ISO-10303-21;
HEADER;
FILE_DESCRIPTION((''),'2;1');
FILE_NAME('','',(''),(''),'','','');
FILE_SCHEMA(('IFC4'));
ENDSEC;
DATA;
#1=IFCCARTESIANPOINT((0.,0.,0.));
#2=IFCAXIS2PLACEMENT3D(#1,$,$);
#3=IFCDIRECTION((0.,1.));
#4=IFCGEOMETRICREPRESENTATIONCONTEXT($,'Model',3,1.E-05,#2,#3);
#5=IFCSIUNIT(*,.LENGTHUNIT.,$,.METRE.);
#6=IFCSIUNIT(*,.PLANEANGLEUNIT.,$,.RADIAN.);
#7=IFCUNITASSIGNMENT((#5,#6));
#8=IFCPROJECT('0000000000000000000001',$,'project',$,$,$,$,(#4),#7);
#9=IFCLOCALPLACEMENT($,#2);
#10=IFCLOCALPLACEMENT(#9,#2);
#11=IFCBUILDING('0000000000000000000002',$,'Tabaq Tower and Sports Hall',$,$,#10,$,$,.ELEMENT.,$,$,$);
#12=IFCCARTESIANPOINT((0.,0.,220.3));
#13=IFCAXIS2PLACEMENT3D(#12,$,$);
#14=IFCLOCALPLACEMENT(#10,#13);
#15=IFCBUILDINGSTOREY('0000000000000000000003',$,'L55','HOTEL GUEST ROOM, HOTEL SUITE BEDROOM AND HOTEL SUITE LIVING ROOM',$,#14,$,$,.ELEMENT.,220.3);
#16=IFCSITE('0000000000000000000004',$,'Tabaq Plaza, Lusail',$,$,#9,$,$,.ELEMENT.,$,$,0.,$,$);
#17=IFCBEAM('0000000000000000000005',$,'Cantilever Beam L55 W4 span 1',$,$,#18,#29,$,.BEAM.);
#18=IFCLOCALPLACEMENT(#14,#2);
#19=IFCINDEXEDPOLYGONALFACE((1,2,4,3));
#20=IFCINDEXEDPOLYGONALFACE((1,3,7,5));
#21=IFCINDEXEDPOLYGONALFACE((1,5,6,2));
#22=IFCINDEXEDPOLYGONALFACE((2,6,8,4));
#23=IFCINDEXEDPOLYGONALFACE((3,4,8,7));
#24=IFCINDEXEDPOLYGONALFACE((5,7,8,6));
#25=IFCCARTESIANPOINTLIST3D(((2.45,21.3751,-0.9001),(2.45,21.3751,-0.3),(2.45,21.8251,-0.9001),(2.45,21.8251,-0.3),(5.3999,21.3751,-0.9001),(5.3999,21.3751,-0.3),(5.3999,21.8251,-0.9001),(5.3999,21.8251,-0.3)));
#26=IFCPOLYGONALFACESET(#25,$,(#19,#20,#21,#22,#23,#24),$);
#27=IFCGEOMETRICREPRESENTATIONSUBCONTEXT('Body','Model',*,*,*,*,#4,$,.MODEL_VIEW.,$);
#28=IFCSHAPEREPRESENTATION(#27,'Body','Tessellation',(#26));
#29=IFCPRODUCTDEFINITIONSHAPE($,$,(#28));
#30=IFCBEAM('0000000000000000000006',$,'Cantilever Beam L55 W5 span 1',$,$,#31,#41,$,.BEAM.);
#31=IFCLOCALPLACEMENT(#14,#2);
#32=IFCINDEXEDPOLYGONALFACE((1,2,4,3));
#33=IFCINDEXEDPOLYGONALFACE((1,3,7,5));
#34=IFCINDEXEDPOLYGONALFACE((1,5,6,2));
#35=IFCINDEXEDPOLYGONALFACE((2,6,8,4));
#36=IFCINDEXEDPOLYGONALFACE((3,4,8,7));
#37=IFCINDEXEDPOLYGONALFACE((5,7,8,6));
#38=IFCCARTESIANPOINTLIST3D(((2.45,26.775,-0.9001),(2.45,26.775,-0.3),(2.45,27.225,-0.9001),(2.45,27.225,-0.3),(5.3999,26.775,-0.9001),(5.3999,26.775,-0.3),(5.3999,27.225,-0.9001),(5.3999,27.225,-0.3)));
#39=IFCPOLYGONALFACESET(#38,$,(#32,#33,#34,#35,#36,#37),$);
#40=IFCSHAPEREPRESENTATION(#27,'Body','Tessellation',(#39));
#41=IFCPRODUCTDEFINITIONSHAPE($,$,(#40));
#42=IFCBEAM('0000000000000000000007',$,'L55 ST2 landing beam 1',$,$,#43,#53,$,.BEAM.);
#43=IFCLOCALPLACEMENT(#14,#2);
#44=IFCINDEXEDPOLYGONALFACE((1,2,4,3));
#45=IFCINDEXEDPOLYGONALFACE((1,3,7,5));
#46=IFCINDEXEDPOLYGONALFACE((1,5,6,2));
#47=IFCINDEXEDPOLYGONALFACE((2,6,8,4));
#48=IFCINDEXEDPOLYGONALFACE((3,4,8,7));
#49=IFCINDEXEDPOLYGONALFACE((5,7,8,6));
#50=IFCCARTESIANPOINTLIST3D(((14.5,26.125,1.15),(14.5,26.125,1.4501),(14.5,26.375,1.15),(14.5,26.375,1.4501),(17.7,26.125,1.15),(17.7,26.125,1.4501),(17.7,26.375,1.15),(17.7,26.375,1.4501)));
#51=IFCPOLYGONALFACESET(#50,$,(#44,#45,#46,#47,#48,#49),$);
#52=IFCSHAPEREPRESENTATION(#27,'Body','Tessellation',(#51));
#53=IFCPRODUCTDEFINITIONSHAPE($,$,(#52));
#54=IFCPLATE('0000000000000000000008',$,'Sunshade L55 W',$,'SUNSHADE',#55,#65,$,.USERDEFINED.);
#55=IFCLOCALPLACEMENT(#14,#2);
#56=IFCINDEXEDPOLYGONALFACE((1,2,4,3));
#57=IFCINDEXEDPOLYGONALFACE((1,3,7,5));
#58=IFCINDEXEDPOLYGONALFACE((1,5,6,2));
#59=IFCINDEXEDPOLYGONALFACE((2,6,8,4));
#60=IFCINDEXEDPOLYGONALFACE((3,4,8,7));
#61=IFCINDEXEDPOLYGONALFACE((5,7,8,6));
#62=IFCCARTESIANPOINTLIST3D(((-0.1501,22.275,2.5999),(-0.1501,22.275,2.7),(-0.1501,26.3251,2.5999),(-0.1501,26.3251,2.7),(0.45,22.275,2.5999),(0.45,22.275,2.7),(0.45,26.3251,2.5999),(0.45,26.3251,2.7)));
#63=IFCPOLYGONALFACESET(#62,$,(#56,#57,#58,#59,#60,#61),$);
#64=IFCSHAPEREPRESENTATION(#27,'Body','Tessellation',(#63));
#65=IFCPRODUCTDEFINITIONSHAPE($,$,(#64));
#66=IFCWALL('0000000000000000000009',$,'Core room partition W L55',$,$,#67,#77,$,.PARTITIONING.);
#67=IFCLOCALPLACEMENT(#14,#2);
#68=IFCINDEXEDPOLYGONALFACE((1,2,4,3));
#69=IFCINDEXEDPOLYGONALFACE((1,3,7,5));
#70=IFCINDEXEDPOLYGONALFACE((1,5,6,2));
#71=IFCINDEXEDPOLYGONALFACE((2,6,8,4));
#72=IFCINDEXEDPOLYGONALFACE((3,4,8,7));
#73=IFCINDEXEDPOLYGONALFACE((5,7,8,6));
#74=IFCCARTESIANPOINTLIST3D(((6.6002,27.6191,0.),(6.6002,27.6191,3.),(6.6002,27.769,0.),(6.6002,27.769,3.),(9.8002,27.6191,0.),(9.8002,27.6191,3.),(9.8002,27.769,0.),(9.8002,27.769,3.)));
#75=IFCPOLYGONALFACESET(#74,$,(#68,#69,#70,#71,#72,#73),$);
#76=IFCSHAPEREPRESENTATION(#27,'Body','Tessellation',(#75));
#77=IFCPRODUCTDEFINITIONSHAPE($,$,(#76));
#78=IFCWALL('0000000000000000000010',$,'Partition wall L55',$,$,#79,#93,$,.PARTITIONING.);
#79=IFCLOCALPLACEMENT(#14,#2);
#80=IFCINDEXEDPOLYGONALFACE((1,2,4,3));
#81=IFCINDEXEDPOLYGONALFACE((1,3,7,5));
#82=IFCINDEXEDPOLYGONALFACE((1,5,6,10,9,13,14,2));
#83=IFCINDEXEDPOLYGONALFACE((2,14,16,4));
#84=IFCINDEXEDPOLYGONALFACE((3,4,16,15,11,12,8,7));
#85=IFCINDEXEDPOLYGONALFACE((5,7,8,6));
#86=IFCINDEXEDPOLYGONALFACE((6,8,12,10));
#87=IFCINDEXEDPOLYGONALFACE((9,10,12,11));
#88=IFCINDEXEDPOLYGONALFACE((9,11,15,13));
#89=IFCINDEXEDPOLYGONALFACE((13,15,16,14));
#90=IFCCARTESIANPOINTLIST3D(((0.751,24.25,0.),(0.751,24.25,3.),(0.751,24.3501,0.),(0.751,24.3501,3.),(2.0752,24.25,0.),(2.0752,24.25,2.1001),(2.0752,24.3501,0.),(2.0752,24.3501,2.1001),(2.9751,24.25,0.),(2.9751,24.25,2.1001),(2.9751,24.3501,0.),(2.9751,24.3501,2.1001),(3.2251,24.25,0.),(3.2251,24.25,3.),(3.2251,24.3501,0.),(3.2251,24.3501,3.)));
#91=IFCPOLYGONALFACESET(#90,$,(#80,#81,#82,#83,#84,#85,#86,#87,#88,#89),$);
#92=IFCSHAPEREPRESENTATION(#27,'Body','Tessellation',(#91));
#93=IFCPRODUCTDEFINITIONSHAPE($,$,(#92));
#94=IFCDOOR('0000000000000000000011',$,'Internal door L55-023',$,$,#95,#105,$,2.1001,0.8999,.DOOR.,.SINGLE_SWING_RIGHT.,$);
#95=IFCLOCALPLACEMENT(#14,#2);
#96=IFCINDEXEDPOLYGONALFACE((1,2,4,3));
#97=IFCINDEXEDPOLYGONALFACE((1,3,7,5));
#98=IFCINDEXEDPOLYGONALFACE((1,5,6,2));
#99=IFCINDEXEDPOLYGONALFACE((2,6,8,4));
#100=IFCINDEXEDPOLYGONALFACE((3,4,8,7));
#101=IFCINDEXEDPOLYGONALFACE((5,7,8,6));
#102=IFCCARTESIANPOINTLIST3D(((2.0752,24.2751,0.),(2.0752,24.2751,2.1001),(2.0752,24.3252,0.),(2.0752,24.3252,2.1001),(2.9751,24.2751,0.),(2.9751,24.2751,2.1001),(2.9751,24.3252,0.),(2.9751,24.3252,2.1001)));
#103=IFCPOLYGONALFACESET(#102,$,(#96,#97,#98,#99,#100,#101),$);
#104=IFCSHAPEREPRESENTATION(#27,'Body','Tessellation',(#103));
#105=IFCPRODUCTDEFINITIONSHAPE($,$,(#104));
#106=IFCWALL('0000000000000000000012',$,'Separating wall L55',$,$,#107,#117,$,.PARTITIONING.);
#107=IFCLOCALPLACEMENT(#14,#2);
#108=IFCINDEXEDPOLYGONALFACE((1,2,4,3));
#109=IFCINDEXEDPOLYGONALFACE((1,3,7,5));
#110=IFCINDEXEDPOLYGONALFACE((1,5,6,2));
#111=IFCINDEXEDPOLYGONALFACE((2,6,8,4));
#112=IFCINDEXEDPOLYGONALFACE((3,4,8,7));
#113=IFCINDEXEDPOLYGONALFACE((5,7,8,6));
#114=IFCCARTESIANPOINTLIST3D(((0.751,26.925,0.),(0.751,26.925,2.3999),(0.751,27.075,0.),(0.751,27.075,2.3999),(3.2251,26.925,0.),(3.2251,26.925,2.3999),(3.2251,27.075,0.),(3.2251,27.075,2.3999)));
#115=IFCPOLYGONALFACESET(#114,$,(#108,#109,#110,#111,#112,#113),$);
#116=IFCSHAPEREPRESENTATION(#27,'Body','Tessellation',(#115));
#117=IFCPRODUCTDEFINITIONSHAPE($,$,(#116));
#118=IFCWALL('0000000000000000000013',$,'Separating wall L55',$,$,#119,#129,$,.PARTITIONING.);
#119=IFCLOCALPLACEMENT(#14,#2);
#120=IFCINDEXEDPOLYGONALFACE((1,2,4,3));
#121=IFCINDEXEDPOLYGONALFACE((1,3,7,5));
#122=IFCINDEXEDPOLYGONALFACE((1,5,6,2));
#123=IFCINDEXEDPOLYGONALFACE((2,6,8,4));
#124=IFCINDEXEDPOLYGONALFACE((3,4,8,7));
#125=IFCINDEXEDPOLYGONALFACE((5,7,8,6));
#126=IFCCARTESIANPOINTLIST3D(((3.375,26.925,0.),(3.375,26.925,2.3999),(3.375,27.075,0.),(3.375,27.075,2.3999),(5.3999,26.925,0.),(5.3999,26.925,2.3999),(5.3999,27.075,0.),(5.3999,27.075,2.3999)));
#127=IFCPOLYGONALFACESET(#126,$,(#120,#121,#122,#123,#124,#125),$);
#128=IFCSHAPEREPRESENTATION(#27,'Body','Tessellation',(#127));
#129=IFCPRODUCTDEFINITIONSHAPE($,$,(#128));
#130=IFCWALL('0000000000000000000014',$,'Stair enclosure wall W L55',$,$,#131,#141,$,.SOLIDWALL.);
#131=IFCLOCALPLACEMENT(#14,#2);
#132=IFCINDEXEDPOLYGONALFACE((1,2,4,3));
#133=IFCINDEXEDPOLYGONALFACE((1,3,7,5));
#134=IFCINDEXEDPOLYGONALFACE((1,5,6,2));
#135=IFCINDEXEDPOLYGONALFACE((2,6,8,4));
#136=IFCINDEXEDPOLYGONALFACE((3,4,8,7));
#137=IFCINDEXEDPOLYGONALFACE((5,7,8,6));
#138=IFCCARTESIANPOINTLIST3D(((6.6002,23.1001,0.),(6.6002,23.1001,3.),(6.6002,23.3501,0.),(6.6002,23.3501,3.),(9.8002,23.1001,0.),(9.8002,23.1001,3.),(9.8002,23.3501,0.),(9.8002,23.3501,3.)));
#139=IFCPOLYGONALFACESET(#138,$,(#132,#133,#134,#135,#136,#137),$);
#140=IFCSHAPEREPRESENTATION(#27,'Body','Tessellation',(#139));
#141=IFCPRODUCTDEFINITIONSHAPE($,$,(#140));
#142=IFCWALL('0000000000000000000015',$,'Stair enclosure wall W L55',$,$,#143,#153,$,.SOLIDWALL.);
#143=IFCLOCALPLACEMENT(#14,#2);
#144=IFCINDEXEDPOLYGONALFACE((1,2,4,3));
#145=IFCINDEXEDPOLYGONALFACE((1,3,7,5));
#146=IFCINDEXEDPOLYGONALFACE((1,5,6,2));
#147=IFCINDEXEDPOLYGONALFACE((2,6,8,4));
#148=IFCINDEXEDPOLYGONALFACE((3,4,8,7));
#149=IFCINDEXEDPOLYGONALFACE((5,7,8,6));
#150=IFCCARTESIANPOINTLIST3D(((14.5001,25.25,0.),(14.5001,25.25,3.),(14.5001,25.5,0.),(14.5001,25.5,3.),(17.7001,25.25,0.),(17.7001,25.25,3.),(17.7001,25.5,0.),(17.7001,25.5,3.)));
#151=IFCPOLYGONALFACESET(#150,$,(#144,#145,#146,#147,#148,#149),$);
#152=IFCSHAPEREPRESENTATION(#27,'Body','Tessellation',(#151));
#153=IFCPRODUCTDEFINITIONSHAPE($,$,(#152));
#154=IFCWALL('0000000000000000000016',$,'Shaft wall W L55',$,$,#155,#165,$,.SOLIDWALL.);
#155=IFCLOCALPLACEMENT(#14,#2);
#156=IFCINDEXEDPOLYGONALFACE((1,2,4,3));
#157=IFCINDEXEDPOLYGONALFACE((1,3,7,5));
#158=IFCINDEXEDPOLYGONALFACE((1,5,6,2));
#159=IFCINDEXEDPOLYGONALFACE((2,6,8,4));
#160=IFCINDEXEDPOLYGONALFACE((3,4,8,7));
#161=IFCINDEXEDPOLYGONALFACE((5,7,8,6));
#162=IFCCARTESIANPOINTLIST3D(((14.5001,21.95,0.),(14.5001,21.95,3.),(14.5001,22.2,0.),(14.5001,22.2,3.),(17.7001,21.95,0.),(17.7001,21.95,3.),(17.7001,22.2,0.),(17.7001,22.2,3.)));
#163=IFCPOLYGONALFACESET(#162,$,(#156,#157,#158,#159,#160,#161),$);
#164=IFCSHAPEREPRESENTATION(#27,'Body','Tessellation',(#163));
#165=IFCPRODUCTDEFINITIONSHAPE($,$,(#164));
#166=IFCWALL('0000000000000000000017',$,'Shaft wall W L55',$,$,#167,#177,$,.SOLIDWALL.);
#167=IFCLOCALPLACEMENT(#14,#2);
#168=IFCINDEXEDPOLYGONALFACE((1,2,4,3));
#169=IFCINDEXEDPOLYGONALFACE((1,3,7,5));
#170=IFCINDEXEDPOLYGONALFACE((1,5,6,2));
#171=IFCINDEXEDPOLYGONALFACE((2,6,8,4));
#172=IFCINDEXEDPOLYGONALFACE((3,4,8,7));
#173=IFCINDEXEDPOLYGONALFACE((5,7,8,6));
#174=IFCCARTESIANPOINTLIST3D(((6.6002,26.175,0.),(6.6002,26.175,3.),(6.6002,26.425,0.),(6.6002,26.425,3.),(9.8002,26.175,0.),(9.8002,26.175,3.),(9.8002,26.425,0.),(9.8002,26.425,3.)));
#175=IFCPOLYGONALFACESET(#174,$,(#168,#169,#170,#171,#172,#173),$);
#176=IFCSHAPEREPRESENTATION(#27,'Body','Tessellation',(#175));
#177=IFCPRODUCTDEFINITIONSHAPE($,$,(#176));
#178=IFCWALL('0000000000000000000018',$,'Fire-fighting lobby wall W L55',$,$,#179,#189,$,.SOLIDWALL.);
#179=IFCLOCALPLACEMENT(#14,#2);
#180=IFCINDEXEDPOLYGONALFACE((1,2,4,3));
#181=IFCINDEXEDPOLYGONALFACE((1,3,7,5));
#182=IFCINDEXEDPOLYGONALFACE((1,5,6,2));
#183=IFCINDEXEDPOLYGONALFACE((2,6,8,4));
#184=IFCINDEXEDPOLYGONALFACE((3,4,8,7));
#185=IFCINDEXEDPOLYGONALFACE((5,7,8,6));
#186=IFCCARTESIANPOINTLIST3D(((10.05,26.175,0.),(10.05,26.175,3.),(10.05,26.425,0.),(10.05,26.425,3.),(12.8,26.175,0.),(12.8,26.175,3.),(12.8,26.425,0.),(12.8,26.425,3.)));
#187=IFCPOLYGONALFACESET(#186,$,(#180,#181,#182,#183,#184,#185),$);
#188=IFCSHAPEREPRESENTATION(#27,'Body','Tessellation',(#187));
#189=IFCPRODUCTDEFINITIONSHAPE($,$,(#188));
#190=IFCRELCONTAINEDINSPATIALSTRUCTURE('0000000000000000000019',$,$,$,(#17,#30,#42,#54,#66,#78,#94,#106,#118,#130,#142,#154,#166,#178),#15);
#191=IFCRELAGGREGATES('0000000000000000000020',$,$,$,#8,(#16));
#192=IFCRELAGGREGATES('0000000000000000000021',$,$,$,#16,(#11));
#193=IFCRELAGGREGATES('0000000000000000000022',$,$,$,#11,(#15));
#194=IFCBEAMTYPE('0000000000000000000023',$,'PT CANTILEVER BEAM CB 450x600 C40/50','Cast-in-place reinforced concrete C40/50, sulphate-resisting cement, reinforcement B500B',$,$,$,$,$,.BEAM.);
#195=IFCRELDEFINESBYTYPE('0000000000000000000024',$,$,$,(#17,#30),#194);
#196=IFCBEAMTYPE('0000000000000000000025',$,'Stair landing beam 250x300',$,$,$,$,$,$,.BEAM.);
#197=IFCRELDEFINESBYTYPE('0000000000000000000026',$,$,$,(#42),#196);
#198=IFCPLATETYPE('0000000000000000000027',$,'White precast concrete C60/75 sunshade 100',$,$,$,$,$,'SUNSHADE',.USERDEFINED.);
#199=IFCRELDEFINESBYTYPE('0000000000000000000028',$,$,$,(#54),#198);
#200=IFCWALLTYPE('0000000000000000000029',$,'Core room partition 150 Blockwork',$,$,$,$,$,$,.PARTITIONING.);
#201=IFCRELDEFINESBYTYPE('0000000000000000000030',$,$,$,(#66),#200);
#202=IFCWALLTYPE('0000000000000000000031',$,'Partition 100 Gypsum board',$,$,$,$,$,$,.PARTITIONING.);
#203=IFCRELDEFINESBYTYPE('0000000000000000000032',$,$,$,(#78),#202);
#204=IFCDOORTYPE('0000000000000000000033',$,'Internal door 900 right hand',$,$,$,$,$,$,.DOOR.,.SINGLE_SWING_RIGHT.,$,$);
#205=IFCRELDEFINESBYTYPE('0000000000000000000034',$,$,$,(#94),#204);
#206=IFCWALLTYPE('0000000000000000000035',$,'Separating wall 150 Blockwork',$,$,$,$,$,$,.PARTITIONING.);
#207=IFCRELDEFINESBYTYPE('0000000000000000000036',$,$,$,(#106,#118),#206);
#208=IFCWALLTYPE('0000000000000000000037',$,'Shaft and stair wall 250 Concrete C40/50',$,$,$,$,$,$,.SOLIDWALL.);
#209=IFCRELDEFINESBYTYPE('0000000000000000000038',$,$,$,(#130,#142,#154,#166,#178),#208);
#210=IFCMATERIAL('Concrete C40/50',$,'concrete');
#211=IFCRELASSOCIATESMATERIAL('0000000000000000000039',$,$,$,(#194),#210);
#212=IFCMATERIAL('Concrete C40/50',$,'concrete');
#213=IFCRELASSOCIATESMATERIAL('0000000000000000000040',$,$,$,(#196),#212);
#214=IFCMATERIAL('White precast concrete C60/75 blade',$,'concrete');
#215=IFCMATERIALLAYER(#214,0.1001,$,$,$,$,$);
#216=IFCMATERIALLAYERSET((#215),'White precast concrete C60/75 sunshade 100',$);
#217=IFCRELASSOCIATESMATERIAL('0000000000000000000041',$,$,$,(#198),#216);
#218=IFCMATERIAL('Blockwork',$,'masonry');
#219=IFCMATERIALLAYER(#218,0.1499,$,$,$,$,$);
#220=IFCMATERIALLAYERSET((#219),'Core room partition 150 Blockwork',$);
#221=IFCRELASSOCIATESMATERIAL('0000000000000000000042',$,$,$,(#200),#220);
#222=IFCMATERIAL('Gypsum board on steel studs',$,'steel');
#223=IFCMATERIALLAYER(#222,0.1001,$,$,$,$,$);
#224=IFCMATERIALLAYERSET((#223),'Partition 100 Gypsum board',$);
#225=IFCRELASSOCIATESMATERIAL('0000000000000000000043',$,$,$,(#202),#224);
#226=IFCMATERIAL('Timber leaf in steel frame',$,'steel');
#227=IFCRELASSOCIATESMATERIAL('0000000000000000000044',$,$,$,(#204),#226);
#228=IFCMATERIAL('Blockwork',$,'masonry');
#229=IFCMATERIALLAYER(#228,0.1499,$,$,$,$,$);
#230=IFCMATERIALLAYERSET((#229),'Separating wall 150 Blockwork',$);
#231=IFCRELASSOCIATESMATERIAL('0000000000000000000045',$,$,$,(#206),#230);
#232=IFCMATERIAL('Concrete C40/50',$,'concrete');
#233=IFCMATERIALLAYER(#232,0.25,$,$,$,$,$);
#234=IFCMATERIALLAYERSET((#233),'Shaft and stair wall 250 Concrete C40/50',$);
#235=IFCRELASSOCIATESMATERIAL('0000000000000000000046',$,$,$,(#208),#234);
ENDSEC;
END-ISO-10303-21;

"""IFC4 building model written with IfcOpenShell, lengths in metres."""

from ifc_helpers import new_model, si_unit, direction, frame, frame_2d, origin, origin_2d, place, context, subcontext, project, spatial, rectangle, extrude, material, layer, layer_set, material_profile, profile_set, type_object, element, fill, save


model = new_model("IFC4")

# Units and contexts
model_context = context("Model", 3, precision=1e-05, world=origin(), true_north=direction((0.0, 1.0)))
body_context = subcontext(model_context, "Body", "Model", "MODEL_VIEW")
ifc_project = project(units=[si_unit("LENGTHUNIT", "METRE"), si_unit("PLANEANGLEUNIT", "RADIAN")], contexts=[model_context])

# Site, building, storey
site_placement = place(None, origin())
site = spatial("IfcSite", under=ifc_project, at=site_placement, Name="Tabaq Plaza, Lusail", CompositionType="ELEMENT", RefElevation=0.0)
building_placement = place(site_placement, origin())
building = spatial("IfcBuilding", under=site, at=building_placement, Name="Tabaq Tower and Sports Hall", CompositionType="ELEMENT")
storey_placement = place(building_placement, frame((0.0, 0.0, 220.3)))
storey = spatial("IfcBuildingStorey", under=building, at=storey_placement, Name="L55", Description="HOTEL GUEST ROOM, HOTEL SUITE BEDROOM AND HOTEL SUITE LIVING ROOM", CompositionType="ELEMENT", Elevation=220.3)

# Beams
ifc_material_1 = material(Name="Concrete C40/50", Category="concrete")
ifc_material_profile_1 = material_profile(ifc_material_1, rectangle(XDim=0.45, YDim=0.6001, at=origin_2d()), Name="CB 450x600")
ifc_profile_set_1 = profile_set([ifc_material_profile_1], Name="Concrete C40/50")
beam_type_1 = type_object("IfcBeamType", Name="PT CANTILEVER BEAM CB 450x600 C40/50", Description="Cast-in-place reinforced concrete C40/50, sulphate-resisting cement, reinforcement B500B", PredefinedType="BEAM", material=ifc_profile_set_1)
for number, where, z_axis, x_axis, name in (
    (1, (2.45, 21.6001, -0.6001), (1.0, 0.0, 0.0), (0.0, 1.0, 0.0), "Cantilever Beam L55 W4 span 1"),
    (2, (2.45, 27.0, -0.6001), (1.0, 0.0, 0.0), (0.0, 1.0, 0.0), "Cantilever Beam L55 W5 span 1"),
):
    element("IfcBeam", number, at=place(storey_placement, frame(where, z_axis=z_axis, x_axis=x_axis)), inside=storey, type_object=beam_type_1, Name=name, PredefinedType="BEAM", context=body_context, shape_type="SweptSolid", body=[
        extrude(rectangle(XDim=0.45, YDim=0.6001, at=origin_2d()), origin(), (0.0, 0.0, 1.0), 2.95),
    ])
ifc_material_2 = material(Name="Concrete C40/50", Category="concrete")
ifc_material_profile_2 = material_profile(ifc_material_2, rectangle(XDim=0.25, YDim=0.3, at=origin_2d()), Name="RC 250x300")
ifc_profile_set_2 = profile_set([ifc_material_profile_2], Name="Concrete C40/50")
beam_type_2 = type_object("IfcBeamType", Name="Stair landing beam 250x300", PredefinedType="BEAM", material=ifc_profile_set_2)
beam_placement = place(storey_placement, frame((14.5, 26.25, 1.3), z_axis=(1.0, 0.0, 0.0), x_axis=(0.0, 1.0, 0.0)))
element("IfcBeam", 3, at=beam_placement, inside=storey, type_object=beam_type_2, Name="L55 ST2 landing beam 1", PredefinedType="BEAM", context=body_context, shape_type="SweptSolid", body=[
    extrude(rectangle(XDim=0.25, YDim=0.3, at=origin_2d()), origin(), (0.0, 0.0, 1.0), 3.2),
])

# Plate
ifc_material_3 = material(Name="White precast concrete C60/75 blade", Category="concrete")
ifc_layer_1 = layer(ifc_material_3, 0.1001)
ifc_layer_set_1 = layer_set([ifc_layer_1], Name="White precast concrete C60/75 sunshade 100")
plate_type = type_object("IfcPlateType", Name="White precast concrete C60/75 sunshade 100", ElementType="SUNSHADE", PredefinedType="USERDEFINED", material=ifc_layer_set_1)
plate_placement = place(storey_placement, frame((0.1499, 24.3, 2.5999), z_axis=(0.0, 0.0, 1.0), x_axis=(0.0, -1.0, 0.0)))
element("IfcPlate", 4, at=plate_placement, inside=storey, type_object=plate_type, Name="Sunshade L55 W", ObjectType="SUNSHADE", PredefinedType="USERDEFINED", context=body_context, shape_type="SweptSolid", body=[
    extrude(rectangle(XDim=4.05, YDim=0.6001, at=origin_2d()), origin(), (0.0, 0.0, 1.0), 0.1001),
])

# Wall
ifc_material_4 = material(Name="Blockwork", Category="masonry")
ifc_layer_2 = layer(ifc_material_4, 0.1499)
ifc_layer_set_2 = layer_set([ifc_layer_2], Name="Core room partition 150 Blockwork")
wall_type_1 = type_object("IfcWallType", Name="Core room partition 150 Blockwork", PredefinedType="PARTITIONING", material=ifc_layer_set_2)
wall_1_placement = place(storey_placement, frame((6.6001, 27.6941, 0.0), z_axis=(0.0, 0.0, 1.0), x_axis=(1.0, 0.0, 0.0)))
element("IfcWall", 5, at=wall_1_placement, inside=storey, type_object=wall_type_1, Name="Core room partition W L55", PredefinedType="PARTITIONING", context=body_context, shape_type="SweptSolid", body=[
    extrude(rectangle(XDim=3.2, YDim=0.1499, at=frame_2d((1.6001, 0.0))), origin(), (0.0, 0.0, 1.0), 3.0),
])

# Wall, opening, door
ifc_material_5 = material(Name="Gypsum board on steel studs", Category="steel")
ifc_layer_3 = layer(ifc_material_5, 0.1001)
ifc_layer_set_3 = layer_set([ifc_layer_3], Name="Partition 100 Gypsum board")
wall_type_2 = type_object("IfcWallType", Name="Partition 100 Gypsum board", PredefinedType="PARTITIONING", material=ifc_layer_set_3)
wall_2_placement = place(storey_placement, frame((3.2251, 24.3, 0.0), z_axis=(0.0, 0.0, 1.0), x_axis=(-1.0, 0.0, 0.0)))
wall_2 = element("IfcWall", 6, at=wall_2_placement, inside=storey, type_object=wall_type_2, Name="Partition wall L55", PredefinedType="PARTITIONING", context=body_context, shape_type="SweptSolid", body=[
    extrude(rectangle(XDim=2.4741, YDim=0.1001, at=frame_2d((1.2371, 0.0))), origin(), (0.0, 0.0, 1.0), 3.0),
])
opening_placement = place(wall_2_placement, frame((0.25, 0.0, 0.0)))
opening = element("IfcOpeningElement", 7, at=opening_placement, cuts=wall_2, PredefinedType="OPENING", context=body_context, shape_type="SweptSolid", body=[
    extrude(rectangle(XDim=0.8999, YDim=2.1001, at=frame_2d((0.45, 1.05))), frame((0.0, 0.05, 0.0), z_axis=(0.0, -1.0, 0.0), x_axis=(1.0, 0.0, 0.0)), (0.0, 0.0, 1.0), 0.1001),
])
ifc_material_6 = material(Name="Timber leaf in steel frame", Category="steel")
door_type = type_object("IfcDoorType", Name="Internal door 900 right hand", OperationType="SINGLE_SWING_RIGHT", PredefinedType="DOOR", material=ifc_material_6)
door_placement = place(opening_placement, origin())
door = element("IfcDoor", 8, at=door_placement, inside=storey, type_object=door_type, Name="Internal door L55-023", OperationType="SINGLE_SWING_RIGHT", OverallHeight=2.1001, OverallWidth=0.8999, PredefinedType="DOOR", context=body_context, shape_type="SweptSolid", body=[
    extrude(rectangle(XDim=0.8999, YDim=2.1001, at=frame_2d((0.45, 1.05))), frame((0.0, 0.0249, 0.0), z_axis=(0.0, -1.0, 0.0), x_axis=(1.0, 0.0, 0.0)), (0.0, 0.0, 1.0), 0.05),
])
fill(opening, door)

# Walls
ifc_material_7 = material(Name="Blockwork", Category="masonry")
ifc_layer_4 = layer(ifc_material_7, 0.1499)
ifc_layer_set_4 = layer_set([ifc_layer_4], Name="Separating wall 150 Blockwork")
wall_type_3 = type_object("IfcWallType", Name="Separating wall 150 Blockwork", PredefinedType="PARTITIONING", material=ifc_layer_set_4)
wall_3_placement = place(storey_placement, frame((0.751, 27.0, 0.0), z_axis=(0.0, 0.0, 1.0), x_axis=(1.0, 0.0, 0.0)))
element("IfcWall", 9, at=wall_3_placement, inside=storey, type_object=wall_type_3, Name="Separating wall L55", PredefinedType="PARTITIONING", context=body_context, shape_type="SweptSolid", body=[
    extrude(rectangle(XDim=2.4741, YDim=0.1499, at=frame_2d((1.2371, 0.0))), origin(), (0.0, 0.0, 1.0), 2.3999),
])
wall_4_placement = place(storey_placement, frame((3.375, 27.0, 0.0), z_axis=(0.0, 0.0, 1.0), x_axis=(1.0, 0.0, 0.0)))
element("IfcWall", 10, at=wall_4_placement, inside=storey, type_object=wall_type_3, Name="Separating wall L55", PredefinedType="PARTITIONING", context=body_context, shape_type="SweptSolid", body=[
    extrude(rectangle(XDim=2.0249, YDim=0.1499, at=frame_2d((1.0125, 0.0))), origin(), (0.0, 0.0, 1.0), 2.3999),
])
ifc_material_8 = material(Name="Concrete C40/50", Category="concrete")
ifc_layer_5 = layer(ifc_material_8, 0.25)
ifc_layer_set_5 = layer_set([ifc_layer_5], Name="Shaft and stair wall 250 Concrete C40/50")
wall_type_4 = type_object("IfcWallType", Name="Shaft and stair wall 250 Concrete C40/50", PredefinedType="SOLIDWALL", material=ifc_layer_set_5)
for number, where, z_axis, x_axis, name in (
    (11, (6.6001, 23.2251, 0.0), (0.0, 0.0, 1.0), (1.0, 0.0, 0.0), "Stair enclosure wall W L55"),
    (12, (14.5, 25.375, 0.0), (0.0, 0.0, 1.0), (1.0, 0.0, 0.0), "Stair enclosure wall W L55"),
    (13, (14.5, 22.075, 0.0), (0.0, 0.0, 1.0), (1.0, 0.0, 0.0), "Shaft wall W L55"),
    (14, (6.6001, 26.3, 0.0), (0.0, 0.0, 1.0), (1.0, 0.0, 0.0), "Shaft wall W L55"),
):
    element("IfcWall", number, at=place(storey_placement, frame(where, z_axis=z_axis, x_axis=x_axis)), inside=storey, type_object=wall_type_4, Name=name, PredefinedType="SOLIDWALL", context=body_context, shape_type="SweptSolid", body=[
        extrude(rectangle(XDim=3.2, YDim=0.25, at=frame_2d((1.6001, 0.0))), origin(), (0.0, 0.0, 1.0), 3.0),
    ])
wall_5_placement = place(storey_placement, frame((10.05, 26.3, 0.0), z_axis=(0.0, 0.0, 1.0), x_axis=(1.0, 0.0, 0.0)))
element("IfcWall", 15, at=wall_5_placement, inside=storey, type_object=wall_type_4, Name="Fire-fighting lobby wall W L55", PredefinedType="SOLIDWALL", context=body_context, shape_type="SweptSolid", body=[
    extrude(rectangle(XDim=2.75, YDim=0.25, at=frame_2d((1.375, 0.0))), origin(), (0.0, 0.0, 1.0), 3.0),
])

save(model, "model.ifc")
